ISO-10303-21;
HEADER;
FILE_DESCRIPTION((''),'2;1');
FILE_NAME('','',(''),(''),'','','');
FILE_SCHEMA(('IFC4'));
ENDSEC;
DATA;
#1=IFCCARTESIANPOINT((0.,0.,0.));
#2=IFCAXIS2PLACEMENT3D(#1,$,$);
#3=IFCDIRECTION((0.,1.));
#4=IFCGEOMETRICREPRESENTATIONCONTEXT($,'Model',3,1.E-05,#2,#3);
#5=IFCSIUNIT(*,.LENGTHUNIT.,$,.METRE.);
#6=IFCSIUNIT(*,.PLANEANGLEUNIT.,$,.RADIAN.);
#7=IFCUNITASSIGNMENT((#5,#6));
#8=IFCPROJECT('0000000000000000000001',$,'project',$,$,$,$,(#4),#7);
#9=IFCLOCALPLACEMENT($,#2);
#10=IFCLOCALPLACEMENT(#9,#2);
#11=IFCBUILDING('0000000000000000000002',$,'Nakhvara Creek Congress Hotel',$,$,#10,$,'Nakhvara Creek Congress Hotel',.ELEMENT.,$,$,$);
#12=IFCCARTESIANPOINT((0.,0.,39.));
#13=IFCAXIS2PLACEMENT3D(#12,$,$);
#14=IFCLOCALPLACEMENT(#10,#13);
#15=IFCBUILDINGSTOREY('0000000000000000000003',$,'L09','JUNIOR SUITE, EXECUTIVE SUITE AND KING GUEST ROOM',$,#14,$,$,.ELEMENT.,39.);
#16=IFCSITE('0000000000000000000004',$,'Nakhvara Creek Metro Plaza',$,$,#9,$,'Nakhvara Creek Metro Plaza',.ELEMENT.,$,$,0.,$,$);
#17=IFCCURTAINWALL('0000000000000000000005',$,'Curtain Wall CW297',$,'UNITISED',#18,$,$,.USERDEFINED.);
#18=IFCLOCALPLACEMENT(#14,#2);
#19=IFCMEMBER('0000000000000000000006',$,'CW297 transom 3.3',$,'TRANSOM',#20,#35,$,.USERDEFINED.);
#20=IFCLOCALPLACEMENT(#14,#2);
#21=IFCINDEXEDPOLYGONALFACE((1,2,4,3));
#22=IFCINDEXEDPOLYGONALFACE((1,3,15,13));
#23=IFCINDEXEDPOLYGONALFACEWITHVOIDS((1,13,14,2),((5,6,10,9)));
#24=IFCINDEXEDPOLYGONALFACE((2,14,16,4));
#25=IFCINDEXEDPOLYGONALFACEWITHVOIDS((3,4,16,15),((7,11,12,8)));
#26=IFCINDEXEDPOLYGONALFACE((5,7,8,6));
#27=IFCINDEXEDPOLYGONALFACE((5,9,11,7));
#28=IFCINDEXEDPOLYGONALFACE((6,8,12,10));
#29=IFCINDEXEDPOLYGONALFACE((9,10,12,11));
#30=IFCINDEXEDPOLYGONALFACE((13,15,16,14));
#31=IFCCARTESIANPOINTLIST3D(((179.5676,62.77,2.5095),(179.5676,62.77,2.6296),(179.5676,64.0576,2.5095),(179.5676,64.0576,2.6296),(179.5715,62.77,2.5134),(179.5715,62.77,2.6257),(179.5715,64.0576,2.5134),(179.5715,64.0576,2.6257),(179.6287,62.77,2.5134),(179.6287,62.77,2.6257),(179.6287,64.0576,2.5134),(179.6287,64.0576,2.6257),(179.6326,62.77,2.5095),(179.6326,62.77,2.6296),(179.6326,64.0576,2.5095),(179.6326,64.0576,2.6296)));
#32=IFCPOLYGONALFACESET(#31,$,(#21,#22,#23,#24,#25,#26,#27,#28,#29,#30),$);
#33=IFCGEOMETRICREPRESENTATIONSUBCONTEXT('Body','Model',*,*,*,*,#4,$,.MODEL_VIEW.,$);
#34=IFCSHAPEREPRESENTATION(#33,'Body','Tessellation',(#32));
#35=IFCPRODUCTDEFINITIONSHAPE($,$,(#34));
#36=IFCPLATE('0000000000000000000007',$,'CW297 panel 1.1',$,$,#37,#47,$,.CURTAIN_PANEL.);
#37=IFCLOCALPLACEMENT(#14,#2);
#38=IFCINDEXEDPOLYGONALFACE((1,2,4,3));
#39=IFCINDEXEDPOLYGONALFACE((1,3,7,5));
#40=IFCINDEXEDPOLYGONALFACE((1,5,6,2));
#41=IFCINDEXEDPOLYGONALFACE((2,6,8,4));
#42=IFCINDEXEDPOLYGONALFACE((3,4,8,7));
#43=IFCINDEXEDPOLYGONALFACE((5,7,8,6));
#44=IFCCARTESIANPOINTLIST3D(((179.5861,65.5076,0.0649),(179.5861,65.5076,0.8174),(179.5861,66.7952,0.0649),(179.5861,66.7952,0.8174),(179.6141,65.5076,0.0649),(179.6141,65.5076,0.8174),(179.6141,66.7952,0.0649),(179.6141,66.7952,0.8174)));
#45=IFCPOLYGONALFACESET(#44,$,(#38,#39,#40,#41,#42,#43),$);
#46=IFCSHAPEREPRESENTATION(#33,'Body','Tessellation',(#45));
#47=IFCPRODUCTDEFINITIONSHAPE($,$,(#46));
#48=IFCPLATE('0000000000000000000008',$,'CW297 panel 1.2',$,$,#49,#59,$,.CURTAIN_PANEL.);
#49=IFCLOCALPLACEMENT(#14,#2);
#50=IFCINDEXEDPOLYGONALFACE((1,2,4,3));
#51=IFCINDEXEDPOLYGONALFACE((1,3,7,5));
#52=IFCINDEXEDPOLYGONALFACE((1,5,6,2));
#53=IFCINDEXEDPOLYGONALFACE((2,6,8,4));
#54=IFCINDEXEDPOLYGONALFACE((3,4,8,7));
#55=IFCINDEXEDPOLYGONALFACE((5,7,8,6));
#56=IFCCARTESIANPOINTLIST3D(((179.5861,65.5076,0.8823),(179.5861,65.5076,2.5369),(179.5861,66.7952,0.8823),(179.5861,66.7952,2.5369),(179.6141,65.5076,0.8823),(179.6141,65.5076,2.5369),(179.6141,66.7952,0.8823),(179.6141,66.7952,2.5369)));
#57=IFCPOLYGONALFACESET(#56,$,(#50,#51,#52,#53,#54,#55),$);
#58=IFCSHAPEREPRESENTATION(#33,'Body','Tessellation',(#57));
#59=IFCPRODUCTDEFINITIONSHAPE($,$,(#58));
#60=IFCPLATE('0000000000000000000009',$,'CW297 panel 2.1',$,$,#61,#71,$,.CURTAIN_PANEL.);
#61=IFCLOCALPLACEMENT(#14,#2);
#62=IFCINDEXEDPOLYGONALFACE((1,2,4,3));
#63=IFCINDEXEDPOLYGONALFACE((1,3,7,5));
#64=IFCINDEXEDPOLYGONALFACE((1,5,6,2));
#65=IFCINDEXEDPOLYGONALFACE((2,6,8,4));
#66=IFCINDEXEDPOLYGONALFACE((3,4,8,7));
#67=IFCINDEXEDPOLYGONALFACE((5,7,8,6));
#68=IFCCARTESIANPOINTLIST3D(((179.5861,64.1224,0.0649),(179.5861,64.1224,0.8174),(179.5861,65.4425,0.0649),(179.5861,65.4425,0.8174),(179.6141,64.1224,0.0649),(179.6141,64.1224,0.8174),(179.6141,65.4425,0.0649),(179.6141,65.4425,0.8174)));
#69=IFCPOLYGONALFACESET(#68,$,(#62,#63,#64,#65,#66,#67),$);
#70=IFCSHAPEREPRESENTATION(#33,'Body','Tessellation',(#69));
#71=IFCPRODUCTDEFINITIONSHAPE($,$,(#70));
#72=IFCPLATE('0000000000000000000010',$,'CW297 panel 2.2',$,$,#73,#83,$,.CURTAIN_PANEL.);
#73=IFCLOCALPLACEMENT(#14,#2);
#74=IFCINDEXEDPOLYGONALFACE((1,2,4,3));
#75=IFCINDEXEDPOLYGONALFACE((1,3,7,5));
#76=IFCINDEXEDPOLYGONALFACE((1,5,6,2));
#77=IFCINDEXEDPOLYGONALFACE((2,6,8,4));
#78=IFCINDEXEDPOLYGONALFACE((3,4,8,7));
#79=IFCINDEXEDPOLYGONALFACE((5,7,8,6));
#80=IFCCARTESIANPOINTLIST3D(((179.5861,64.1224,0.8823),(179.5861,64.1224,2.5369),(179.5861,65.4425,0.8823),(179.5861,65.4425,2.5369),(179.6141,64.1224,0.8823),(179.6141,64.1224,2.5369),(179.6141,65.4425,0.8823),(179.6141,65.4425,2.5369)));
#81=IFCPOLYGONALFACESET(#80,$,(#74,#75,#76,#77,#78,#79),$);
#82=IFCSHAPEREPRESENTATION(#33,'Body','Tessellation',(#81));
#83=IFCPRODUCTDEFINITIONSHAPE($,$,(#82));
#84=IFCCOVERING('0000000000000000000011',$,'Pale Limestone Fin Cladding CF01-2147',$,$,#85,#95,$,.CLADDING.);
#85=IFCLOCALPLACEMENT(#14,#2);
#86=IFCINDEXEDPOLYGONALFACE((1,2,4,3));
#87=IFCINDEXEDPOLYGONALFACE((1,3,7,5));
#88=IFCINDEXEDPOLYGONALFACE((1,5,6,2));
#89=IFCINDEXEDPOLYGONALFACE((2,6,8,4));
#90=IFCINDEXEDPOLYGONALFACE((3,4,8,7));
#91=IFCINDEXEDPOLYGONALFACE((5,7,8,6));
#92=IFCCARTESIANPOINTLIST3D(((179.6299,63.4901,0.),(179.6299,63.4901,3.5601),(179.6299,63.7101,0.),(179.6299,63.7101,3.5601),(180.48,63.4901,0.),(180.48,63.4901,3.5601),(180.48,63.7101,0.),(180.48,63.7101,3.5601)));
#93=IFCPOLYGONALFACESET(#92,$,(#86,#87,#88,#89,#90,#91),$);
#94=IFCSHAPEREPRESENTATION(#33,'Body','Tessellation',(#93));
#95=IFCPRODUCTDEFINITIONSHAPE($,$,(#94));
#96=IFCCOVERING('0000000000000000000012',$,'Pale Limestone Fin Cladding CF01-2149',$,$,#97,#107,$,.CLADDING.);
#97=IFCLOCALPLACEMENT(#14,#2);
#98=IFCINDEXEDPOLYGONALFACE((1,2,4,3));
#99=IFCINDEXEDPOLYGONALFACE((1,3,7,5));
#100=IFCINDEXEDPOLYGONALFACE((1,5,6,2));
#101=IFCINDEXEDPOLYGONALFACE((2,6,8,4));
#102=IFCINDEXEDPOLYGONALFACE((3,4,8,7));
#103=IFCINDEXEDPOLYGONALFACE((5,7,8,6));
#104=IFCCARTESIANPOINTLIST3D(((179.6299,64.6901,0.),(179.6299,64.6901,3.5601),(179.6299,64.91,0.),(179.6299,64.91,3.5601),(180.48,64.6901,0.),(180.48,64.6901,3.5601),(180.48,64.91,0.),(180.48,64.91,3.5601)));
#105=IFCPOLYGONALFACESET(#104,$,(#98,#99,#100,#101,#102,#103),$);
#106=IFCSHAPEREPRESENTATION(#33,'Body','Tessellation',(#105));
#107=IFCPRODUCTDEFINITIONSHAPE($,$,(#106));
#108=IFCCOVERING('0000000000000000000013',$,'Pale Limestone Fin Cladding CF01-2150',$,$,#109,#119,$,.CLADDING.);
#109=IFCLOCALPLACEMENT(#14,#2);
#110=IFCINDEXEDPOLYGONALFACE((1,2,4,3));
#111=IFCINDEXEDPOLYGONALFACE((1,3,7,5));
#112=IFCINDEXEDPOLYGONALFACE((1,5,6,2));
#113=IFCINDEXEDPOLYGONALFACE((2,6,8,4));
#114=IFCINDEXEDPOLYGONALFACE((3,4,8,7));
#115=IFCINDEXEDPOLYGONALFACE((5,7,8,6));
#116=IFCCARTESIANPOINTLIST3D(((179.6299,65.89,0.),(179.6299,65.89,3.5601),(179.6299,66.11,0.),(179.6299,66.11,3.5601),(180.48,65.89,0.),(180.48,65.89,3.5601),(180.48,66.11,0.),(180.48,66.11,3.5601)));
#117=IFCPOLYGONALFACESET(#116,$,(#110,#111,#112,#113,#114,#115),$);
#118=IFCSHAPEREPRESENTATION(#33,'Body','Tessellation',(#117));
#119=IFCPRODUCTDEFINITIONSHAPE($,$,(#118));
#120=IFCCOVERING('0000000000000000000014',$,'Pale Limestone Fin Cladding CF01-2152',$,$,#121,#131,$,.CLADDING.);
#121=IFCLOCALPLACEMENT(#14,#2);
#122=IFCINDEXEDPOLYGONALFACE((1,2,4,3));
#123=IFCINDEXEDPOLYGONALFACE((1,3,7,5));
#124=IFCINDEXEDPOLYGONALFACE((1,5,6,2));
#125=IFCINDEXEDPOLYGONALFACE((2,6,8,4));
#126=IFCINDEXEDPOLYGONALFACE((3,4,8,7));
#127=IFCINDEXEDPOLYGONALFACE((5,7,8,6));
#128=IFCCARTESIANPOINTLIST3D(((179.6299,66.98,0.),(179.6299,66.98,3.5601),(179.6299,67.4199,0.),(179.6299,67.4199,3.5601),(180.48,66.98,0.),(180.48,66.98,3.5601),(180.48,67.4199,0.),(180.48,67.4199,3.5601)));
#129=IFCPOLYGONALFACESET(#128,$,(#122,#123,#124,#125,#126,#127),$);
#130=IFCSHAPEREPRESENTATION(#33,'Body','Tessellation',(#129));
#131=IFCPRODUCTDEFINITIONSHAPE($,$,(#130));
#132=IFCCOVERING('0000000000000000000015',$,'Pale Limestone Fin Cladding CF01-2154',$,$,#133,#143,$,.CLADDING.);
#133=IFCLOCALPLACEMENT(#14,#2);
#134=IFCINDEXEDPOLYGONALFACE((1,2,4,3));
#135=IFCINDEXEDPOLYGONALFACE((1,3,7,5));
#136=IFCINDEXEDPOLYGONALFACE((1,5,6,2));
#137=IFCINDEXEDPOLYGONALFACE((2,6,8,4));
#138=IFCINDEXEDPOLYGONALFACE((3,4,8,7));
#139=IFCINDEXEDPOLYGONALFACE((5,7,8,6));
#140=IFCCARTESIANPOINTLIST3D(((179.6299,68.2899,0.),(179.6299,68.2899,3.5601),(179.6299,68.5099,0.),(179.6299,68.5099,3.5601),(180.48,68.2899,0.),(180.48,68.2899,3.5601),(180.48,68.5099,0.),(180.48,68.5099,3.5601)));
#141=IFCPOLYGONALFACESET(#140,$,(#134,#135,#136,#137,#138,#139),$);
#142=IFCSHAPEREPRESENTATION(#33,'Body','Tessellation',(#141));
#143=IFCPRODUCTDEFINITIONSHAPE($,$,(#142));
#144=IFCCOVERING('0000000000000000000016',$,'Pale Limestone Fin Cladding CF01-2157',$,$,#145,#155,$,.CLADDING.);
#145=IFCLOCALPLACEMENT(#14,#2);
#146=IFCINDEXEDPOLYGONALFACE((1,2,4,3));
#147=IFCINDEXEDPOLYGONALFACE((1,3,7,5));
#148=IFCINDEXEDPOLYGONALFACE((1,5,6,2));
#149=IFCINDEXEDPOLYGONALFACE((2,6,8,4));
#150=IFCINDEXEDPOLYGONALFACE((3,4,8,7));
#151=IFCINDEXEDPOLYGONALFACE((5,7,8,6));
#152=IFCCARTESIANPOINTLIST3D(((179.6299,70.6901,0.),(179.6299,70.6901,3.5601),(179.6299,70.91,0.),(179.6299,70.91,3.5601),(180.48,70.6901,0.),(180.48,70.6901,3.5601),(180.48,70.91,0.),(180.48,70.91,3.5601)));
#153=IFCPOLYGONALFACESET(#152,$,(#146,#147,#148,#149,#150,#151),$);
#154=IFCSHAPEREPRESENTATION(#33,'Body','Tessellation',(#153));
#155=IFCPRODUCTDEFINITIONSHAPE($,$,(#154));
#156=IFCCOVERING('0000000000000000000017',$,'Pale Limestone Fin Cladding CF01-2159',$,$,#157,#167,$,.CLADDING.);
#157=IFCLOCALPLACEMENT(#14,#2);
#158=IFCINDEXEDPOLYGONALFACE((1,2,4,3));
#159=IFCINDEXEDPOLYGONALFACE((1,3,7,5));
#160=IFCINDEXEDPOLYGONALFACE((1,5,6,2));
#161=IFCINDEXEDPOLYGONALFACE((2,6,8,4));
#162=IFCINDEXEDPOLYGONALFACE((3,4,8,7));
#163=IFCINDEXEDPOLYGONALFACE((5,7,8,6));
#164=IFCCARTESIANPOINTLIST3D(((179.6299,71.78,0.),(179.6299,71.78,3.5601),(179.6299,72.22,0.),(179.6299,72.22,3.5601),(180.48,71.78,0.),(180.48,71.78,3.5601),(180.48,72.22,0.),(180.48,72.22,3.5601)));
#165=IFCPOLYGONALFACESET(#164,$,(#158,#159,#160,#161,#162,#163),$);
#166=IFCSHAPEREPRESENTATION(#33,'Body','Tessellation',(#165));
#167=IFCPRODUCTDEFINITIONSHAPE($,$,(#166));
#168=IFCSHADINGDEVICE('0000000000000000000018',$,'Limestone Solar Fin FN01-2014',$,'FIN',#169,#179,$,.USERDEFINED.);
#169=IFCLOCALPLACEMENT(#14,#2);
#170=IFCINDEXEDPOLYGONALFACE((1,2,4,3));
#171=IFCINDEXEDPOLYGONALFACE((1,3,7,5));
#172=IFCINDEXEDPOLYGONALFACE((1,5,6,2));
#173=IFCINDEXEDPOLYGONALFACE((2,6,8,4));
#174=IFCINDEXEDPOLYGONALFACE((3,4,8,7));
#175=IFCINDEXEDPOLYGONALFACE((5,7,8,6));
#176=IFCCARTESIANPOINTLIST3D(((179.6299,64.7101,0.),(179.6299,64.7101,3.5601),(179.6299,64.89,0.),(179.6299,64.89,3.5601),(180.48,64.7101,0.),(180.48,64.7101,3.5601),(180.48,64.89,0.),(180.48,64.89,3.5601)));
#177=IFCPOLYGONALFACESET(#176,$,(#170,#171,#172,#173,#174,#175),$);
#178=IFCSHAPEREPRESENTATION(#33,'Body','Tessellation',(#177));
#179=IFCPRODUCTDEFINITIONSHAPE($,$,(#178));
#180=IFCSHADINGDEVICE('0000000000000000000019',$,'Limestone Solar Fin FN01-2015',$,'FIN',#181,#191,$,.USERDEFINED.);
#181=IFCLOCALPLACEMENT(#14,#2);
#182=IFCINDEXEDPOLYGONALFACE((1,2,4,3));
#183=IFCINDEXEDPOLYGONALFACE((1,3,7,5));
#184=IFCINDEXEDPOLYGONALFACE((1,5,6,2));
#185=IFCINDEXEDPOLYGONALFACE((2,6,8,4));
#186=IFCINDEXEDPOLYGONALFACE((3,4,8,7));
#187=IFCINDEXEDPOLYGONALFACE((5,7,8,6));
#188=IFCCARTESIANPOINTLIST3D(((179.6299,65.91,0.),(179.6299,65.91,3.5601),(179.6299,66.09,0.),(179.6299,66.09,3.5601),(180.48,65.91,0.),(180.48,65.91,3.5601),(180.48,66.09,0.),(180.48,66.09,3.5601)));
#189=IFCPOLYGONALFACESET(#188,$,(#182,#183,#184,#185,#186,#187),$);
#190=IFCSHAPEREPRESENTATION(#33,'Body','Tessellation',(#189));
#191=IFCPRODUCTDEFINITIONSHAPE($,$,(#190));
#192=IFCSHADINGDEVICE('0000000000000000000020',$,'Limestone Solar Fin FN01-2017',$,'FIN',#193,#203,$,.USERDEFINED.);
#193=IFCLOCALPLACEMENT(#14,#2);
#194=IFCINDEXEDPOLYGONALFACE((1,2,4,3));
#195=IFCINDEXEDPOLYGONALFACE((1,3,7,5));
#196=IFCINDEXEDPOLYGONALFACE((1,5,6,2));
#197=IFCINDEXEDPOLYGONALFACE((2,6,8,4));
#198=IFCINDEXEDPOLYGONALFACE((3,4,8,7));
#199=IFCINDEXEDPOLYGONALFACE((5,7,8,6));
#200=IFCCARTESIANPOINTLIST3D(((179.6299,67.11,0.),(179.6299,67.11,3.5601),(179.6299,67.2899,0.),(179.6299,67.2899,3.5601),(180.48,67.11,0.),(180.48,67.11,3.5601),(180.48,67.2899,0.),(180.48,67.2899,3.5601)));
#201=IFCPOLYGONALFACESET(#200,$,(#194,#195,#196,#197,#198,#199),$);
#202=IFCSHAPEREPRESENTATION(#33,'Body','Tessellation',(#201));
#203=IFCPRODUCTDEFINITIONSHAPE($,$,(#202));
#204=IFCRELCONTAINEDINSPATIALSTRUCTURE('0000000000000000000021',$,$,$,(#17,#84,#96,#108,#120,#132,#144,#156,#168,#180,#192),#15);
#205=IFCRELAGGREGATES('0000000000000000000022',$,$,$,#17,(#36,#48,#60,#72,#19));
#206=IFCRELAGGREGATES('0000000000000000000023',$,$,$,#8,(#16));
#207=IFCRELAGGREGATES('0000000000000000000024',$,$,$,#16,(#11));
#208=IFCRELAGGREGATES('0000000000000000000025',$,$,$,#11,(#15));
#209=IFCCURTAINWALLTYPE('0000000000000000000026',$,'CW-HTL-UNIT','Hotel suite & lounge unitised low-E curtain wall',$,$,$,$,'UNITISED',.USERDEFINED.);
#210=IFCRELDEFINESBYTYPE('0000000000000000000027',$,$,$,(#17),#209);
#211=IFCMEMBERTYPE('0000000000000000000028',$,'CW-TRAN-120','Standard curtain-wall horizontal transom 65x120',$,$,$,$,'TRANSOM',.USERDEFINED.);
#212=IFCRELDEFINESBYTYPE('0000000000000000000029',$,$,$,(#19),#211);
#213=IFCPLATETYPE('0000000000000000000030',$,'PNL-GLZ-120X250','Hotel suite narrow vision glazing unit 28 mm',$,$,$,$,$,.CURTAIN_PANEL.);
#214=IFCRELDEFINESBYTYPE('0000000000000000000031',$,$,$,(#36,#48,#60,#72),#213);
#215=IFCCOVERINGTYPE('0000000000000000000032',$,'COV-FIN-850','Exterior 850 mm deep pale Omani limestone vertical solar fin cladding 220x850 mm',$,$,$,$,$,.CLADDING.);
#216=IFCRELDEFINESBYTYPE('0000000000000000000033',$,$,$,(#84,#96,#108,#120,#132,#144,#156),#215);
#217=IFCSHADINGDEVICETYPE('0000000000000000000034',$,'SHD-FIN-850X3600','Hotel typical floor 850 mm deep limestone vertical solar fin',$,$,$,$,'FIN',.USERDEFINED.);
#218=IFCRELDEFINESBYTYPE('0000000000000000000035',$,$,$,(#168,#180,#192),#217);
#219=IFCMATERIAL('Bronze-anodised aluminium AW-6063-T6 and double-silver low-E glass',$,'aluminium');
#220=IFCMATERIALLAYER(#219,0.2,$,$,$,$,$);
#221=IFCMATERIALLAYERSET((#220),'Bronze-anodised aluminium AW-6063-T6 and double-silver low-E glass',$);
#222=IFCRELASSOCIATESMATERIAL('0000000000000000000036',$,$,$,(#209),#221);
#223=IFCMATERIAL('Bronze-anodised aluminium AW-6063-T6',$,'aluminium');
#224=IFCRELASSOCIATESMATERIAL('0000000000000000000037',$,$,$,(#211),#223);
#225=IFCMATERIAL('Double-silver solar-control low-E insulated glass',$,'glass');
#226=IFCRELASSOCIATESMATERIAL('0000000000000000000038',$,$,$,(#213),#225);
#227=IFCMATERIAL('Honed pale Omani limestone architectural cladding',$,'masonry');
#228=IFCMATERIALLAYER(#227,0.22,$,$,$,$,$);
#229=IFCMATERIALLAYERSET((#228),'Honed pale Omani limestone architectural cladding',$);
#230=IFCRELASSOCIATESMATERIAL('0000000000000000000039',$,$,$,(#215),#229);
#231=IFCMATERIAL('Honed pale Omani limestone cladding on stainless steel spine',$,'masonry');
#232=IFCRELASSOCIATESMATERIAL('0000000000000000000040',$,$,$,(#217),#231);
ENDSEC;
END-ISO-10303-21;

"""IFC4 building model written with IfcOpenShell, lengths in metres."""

from ifc_helpers import new_model, si_unit, direction, frame, origin, origin_2d, place, context, subcontext, project, spatial, rectangle, hollow_rectangle, extrude, material, layer, layer_set, material_profile, profile_set, type_object, element, aggregate, save


model = new_model("IFC4")

# Units and contexts
model_context = context("Model", 3, precision=1e-05, world=origin(), true_north=direction((0.0, 1.0)))
body_context = subcontext(model_context, "Body", "Model", "MODEL_VIEW")
ifc_project = project(units=[si_unit("LENGTHUNIT", "METRE"), si_unit("PLANEANGLEUNIT", "RADIAN")], contexts=[model_context])

# Site, building, storey
site_placement = place(None, origin())
site = spatial("IfcSite", under=ifc_project, at=site_placement, Name="Nakhvara Creek Metro Plaza", LongName="Nakhvara Creek Metro Plaza", CompositionType="ELEMENT", RefElevation=0.0)
building_placement = place(site_placement, origin())
building = spatial("IfcBuilding", under=site, at=building_placement, Name="Nakhvara Creek Congress Hotel", LongName="Nakhvara Creek Congress Hotel", CompositionType="ELEMENT")
storey_placement = place(building_placement, frame((0.0, 0.0, 39.0)))
storey = spatial("IfcBuildingStorey", under=building, at=storey_placement, Name="L09", Description="JUNIOR SUITE, EXECUTIVE SUITE AND KING GUEST ROOM", CompositionType="ELEMENT", Elevation=39.0)

# Curtain wall, member, plates
ifc_material_1 = material(Name="Bronze-anodised aluminium AW-6063-T6 and double-silver low-E glass", Category="aluminium")
ifc_layer_1 = layer(ifc_material_1, 0.2)
ifc_layer_set_1 = layer_set([ifc_layer_1], Name="Bronze-anodised aluminium AW-6063-T6 and double-silver low-E glass")
curtain_wall_type = type_object("IfcCurtainWallType", Name="CW-HTL-UNIT", Description="Hotel suite & lounge unitised low-E curtain wall", ElementType="UNITISED", PredefinedType="USERDEFINED", material=ifc_layer_set_1)
curtain_wall_placement = place(storey_placement, origin())
curtain_wall = element("IfcCurtainWall", 1, at=curtain_wall_placement, inside=storey, type_object=curtain_wall_type, Name="Curtain Wall CW297", ObjectType="UNITISED", PredefinedType="USERDEFINED")
ifc_material_2 = material(Name="Bronze-anodised aluminium AW-6063-T6", Category="aluminium")
ifc_material_profile_1 = material_profile(ifc_material_2, hollow_rectangle(XDim=0.0649, YDim=0.1201, WallThickness=0.0039, at=origin_2d()), Name="ALU-TRAN 65x120x4", Category="LoadBearing")
ifc_profile_set_1 = profile_set([ifc_material_profile_1], Name="Bronze-anodised aluminium AW-6063-T6")
member_type_1 = type_object("IfcMemberType", Name="CW-TRAN-120", Description="Standard curtain-wall horizontal transom 65x120", ElementType="TRANSOM", PredefinedType="USERDEFINED", material=ifc_profile_set_1)
member_1_placement = place(storey_placement, frame((179.6001, 64.0576, 2.5696), z_axis=(0.0, -1.0, 0.0), x_axis=(1.0, 0.0, 0.0)))
member_1 = element("IfcMember", 2, at=member_1_placement, type_object=member_type_1, Name="CW297 transom 3.3", ObjectType="TRANSOM", PredefinedType="USERDEFINED", context=body_context, shape_type="SweptSolid", body=[
    extrude(hollow_rectangle(XDim=0.0649, YDim=0.1201, WallThickness=0.0039, at=origin_2d()), origin(), (0.0, 0.0, 1.0), 1.2876),
])
ifc_material_3 = material(Name="Double-silver solar-control low-E insulated glass", Category="glass")
plate_type = type_object("IfcPlateType", Name="PNL-GLZ-120X250", Description="Hotel suite narrow vision glazing unit 28 mm", PredefinedType="CURTAIN_PANEL", material=ifc_material_3)
plate_1_placement = place(storey_placement, frame((179.6001, 66.1514, 0.0649), z_axis=(0.0, 0.0, 1.0), x_axis=(0.0, -1.0, 0.0)))
plate_1 = element("IfcPlate", 3, at=plate_1_placement, type_object=plate_type, Name="CW297 panel 1.1", PredefinedType="CURTAIN_PANEL", context=body_context, shape_type="SweptSolid", body=[
    extrude(rectangle(XDim=1.2876, YDim=0.0281, at=origin_2d()), origin(), (0.0, 0.0, 1.0), 0.7524),
])
plate_2_placement = place(storey_placement, frame((179.6001, 66.1514, 0.8823), z_axis=(0.0, 0.0, 1.0), x_axis=(0.0, -1.0, 0.0)))
plate_2 = element("IfcPlate", 4, at=plate_2_placement, type_object=plate_type, Name="CW297 panel 1.2", PredefinedType="CURTAIN_PANEL", context=body_context, shape_type="SweptSolid", body=[
    extrude(rectangle(XDim=1.2876, YDim=0.0281, at=origin_2d()), origin(), (0.0, 0.0, 1.0), 1.6545),
])
plate_3_placement = place(storey_placement, frame((179.6001, 64.7825, 0.0649), z_axis=(0.0, 0.0, 1.0), x_axis=(0.0, -1.0, 0.0)))
plate_3 = element("IfcPlate", 5, at=plate_3_placement, type_object=plate_type, Name="CW297 panel 2.1", PredefinedType="CURTAIN_PANEL", context=body_context, shape_type="SweptSolid", body=[
    extrude(rectangle(XDim=1.3201, YDim=0.0281, at=origin_2d()), origin(), (0.0, 0.0, 1.0), 0.7524),
])
plate_4_placement = place(storey_placement, frame((179.6001, 64.7825, 0.8823), z_axis=(0.0, 0.0, 1.0), x_axis=(0.0, -1.0, 0.0)))
plate_4 = element("IfcPlate", 6, at=plate_4_placement, type_object=plate_type, Name="CW297 panel 2.2", PredefinedType="CURTAIN_PANEL", context=body_context, shape_type="SweptSolid", body=[
    extrude(rectangle(XDim=1.3201, YDim=0.0281, at=origin_2d()), origin(), (0.0, 0.0, 1.0), 1.6545),
])
aggregate(curtain_wall, [plate_1, plate_2, plate_3, plate_4, member_1])

# Coverings
ifc_material_4 = material(Name="Honed pale Omani limestone architectural cladding", Category="masonry")
ifc_layer_2 = layer(ifc_material_4, 0.22)
ifc_layer_set_2 = layer_set([ifc_layer_2], Name="Honed pale Omani limestone architectural cladding")
covering_type = type_object("IfcCoveringType", Name="COV-FIN-850", Description="Exterior 850 mm deep pale Omani limestone vertical solar fin cladding 220x850 mm", PredefinedType="CLADDING", material=ifc_layer_set_2)
for number, where, z_axis, x_axis, name in (
    (7, (180.0549, 63.6001, 0.0), (0.0, 0.0, 1.0), (0.0, 1.0, 0.0), "Pale Limestone Fin Cladding CF01-2147"),
    (8, (180.0549, 64.8, 0.0), (0.0, 0.0, 1.0), (0.0, 1.0, 0.0), "Pale Limestone Fin Cladding CF01-2149"),
    (9, (180.0549, 66.0, 0.0), (0.0, 0.0, 1.0), (0.0, 1.0, 0.0), "Pale Limestone Fin Cladding CF01-2150"),
):
    element("IfcCovering", number, at=place(storey_placement, frame(where, z_axis=z_axis, x_axis=x_axis)), inside=storey, type_object=covering_type, Name=name, PredefinedType="CLADDING", context=body_context, shape_type="SweptSolid", body=[
        extrude(rectangle(XDim=0.22, YDim=0.8501, at=origin_2d()), origin(), (0.0, 0.0, 1.0), 3.5601),
    ])
covering_1_placement = place(storey_placement, frame((180.0549, 67.2, 0.0), z_axis=(0.0, 0.0, 1.0), x_axis=(0.0, 1.0, 0.0)))
element("IfcCovering", 10, at=covering_1_placement, inside=storey, type_object=covering_type, Name="Pale Limestone Fin Cladding CF01-2152", PredefinedType="CLADDING", context=body_context, shape_type="SweptSolid", body=[
    extrude(rectangle(XDim=0.4399, YDim=0.8501, at=origin_2d()), origin(), (0.0, 0.0, 1.0), 3.5601),
])
for number, where, z_axis, x_axis, name in (
    (11, (180.0549, 68.3999, 0.0), (0.0, 0.0, 1.0), (0.0, 1.0, 0.0), "Pale Limestone Fin Cladding CF01-2154"),
    (12, (180.0549, 70.8, 0.0), (0.0, 0.0, 1.0), (0.0, 1.0, 0.0), "Pale Limestone Fin Cladding CF01-2157"),
):
    element("IfcCovering", number, at=place(storey_placement, frame(where, z_axis=z_axis, x_axis=x_axis)), inside=storey, type_object=covering_type, Name=name, PredefinedType="CLADDING", context=body_context, shape_type="SweptSolid", body=[
        extrude(rectangle(XDim=0.22, YDim=0.8501, at=origin_2d()), origin(), (0.0, 0.0, 1.0), 3.5601),
    ])
covering_2_placement = place(storey_placement, frame((180.0549, 72.0, 0.0), z_axis=(0.0, 0.0, 1.0), x_axis=(0.0, 1.0, 0.0)))
element("IfcCovering", 13, at=covering_2_placement, inside=storey, type_object=covering_type, Name="Pale Limestone Fin Cladding CF01-2159", PredefinedType="CLADDING", context=body_context, shape_type="SweptSolid", body=[
    extrude(rectangle(XDim=0.4399, YDim=0.8501, at=origin_2d()), origin(), (0.0, 0.0, 1.0), 3.5601),
])

# Shading devices
ifc_material_5 = material(Name="Honed pale Omani limestone cladding on stainless steel spine", Category="masonry")
shading_device_type = type_object("IfcShadingDeviceType", Name="SHD-FIN-850X3600", Description="Hotel typical floor 850 mm deep limestone vertical solar fin", ElementType="FIN", PredefinedType="USERDEFINED", material=ifc_material_5)
for number, where, z_axis, x_axis, name in (
    (14, (180.0549, 64.8, 0.0), (0.0, 0.0, 1.0), (0.0, 1.0, 0.0), "Limestone Solar Fin FN01-2014"),
    (15, (180.0549, 66.0, 0.0), (0.0, 0.0, 1.0), (0.0, 1.0, 0.0), "Limestone Solar Fin FN01-2015"),
    (16, (180.0549, 67.2, 0.0), (0.0, 0.0, 1.0), (0.0, 1.0, 0.0), "Limestone Solar Fin FN01-2017"),
):
    element("IfcShadingDevice", number, at=place(storey_placement, frame(where, z_axis=z_axis, x_axis=x_axis)), inside=storey, type_object=shading_device_type, Name=name, ObjectType="FIN", PredefinedType="USERDEFINED", context=body_context, shape_type="SweptSolid", body=[
        extrude(rectangle(XDim=0.1799, YDim=0.8501, at=origin_2d()), origin(), (0.0, 0.0, 1.0), 3.5601),
    ])

save(model, "model.ifc")
